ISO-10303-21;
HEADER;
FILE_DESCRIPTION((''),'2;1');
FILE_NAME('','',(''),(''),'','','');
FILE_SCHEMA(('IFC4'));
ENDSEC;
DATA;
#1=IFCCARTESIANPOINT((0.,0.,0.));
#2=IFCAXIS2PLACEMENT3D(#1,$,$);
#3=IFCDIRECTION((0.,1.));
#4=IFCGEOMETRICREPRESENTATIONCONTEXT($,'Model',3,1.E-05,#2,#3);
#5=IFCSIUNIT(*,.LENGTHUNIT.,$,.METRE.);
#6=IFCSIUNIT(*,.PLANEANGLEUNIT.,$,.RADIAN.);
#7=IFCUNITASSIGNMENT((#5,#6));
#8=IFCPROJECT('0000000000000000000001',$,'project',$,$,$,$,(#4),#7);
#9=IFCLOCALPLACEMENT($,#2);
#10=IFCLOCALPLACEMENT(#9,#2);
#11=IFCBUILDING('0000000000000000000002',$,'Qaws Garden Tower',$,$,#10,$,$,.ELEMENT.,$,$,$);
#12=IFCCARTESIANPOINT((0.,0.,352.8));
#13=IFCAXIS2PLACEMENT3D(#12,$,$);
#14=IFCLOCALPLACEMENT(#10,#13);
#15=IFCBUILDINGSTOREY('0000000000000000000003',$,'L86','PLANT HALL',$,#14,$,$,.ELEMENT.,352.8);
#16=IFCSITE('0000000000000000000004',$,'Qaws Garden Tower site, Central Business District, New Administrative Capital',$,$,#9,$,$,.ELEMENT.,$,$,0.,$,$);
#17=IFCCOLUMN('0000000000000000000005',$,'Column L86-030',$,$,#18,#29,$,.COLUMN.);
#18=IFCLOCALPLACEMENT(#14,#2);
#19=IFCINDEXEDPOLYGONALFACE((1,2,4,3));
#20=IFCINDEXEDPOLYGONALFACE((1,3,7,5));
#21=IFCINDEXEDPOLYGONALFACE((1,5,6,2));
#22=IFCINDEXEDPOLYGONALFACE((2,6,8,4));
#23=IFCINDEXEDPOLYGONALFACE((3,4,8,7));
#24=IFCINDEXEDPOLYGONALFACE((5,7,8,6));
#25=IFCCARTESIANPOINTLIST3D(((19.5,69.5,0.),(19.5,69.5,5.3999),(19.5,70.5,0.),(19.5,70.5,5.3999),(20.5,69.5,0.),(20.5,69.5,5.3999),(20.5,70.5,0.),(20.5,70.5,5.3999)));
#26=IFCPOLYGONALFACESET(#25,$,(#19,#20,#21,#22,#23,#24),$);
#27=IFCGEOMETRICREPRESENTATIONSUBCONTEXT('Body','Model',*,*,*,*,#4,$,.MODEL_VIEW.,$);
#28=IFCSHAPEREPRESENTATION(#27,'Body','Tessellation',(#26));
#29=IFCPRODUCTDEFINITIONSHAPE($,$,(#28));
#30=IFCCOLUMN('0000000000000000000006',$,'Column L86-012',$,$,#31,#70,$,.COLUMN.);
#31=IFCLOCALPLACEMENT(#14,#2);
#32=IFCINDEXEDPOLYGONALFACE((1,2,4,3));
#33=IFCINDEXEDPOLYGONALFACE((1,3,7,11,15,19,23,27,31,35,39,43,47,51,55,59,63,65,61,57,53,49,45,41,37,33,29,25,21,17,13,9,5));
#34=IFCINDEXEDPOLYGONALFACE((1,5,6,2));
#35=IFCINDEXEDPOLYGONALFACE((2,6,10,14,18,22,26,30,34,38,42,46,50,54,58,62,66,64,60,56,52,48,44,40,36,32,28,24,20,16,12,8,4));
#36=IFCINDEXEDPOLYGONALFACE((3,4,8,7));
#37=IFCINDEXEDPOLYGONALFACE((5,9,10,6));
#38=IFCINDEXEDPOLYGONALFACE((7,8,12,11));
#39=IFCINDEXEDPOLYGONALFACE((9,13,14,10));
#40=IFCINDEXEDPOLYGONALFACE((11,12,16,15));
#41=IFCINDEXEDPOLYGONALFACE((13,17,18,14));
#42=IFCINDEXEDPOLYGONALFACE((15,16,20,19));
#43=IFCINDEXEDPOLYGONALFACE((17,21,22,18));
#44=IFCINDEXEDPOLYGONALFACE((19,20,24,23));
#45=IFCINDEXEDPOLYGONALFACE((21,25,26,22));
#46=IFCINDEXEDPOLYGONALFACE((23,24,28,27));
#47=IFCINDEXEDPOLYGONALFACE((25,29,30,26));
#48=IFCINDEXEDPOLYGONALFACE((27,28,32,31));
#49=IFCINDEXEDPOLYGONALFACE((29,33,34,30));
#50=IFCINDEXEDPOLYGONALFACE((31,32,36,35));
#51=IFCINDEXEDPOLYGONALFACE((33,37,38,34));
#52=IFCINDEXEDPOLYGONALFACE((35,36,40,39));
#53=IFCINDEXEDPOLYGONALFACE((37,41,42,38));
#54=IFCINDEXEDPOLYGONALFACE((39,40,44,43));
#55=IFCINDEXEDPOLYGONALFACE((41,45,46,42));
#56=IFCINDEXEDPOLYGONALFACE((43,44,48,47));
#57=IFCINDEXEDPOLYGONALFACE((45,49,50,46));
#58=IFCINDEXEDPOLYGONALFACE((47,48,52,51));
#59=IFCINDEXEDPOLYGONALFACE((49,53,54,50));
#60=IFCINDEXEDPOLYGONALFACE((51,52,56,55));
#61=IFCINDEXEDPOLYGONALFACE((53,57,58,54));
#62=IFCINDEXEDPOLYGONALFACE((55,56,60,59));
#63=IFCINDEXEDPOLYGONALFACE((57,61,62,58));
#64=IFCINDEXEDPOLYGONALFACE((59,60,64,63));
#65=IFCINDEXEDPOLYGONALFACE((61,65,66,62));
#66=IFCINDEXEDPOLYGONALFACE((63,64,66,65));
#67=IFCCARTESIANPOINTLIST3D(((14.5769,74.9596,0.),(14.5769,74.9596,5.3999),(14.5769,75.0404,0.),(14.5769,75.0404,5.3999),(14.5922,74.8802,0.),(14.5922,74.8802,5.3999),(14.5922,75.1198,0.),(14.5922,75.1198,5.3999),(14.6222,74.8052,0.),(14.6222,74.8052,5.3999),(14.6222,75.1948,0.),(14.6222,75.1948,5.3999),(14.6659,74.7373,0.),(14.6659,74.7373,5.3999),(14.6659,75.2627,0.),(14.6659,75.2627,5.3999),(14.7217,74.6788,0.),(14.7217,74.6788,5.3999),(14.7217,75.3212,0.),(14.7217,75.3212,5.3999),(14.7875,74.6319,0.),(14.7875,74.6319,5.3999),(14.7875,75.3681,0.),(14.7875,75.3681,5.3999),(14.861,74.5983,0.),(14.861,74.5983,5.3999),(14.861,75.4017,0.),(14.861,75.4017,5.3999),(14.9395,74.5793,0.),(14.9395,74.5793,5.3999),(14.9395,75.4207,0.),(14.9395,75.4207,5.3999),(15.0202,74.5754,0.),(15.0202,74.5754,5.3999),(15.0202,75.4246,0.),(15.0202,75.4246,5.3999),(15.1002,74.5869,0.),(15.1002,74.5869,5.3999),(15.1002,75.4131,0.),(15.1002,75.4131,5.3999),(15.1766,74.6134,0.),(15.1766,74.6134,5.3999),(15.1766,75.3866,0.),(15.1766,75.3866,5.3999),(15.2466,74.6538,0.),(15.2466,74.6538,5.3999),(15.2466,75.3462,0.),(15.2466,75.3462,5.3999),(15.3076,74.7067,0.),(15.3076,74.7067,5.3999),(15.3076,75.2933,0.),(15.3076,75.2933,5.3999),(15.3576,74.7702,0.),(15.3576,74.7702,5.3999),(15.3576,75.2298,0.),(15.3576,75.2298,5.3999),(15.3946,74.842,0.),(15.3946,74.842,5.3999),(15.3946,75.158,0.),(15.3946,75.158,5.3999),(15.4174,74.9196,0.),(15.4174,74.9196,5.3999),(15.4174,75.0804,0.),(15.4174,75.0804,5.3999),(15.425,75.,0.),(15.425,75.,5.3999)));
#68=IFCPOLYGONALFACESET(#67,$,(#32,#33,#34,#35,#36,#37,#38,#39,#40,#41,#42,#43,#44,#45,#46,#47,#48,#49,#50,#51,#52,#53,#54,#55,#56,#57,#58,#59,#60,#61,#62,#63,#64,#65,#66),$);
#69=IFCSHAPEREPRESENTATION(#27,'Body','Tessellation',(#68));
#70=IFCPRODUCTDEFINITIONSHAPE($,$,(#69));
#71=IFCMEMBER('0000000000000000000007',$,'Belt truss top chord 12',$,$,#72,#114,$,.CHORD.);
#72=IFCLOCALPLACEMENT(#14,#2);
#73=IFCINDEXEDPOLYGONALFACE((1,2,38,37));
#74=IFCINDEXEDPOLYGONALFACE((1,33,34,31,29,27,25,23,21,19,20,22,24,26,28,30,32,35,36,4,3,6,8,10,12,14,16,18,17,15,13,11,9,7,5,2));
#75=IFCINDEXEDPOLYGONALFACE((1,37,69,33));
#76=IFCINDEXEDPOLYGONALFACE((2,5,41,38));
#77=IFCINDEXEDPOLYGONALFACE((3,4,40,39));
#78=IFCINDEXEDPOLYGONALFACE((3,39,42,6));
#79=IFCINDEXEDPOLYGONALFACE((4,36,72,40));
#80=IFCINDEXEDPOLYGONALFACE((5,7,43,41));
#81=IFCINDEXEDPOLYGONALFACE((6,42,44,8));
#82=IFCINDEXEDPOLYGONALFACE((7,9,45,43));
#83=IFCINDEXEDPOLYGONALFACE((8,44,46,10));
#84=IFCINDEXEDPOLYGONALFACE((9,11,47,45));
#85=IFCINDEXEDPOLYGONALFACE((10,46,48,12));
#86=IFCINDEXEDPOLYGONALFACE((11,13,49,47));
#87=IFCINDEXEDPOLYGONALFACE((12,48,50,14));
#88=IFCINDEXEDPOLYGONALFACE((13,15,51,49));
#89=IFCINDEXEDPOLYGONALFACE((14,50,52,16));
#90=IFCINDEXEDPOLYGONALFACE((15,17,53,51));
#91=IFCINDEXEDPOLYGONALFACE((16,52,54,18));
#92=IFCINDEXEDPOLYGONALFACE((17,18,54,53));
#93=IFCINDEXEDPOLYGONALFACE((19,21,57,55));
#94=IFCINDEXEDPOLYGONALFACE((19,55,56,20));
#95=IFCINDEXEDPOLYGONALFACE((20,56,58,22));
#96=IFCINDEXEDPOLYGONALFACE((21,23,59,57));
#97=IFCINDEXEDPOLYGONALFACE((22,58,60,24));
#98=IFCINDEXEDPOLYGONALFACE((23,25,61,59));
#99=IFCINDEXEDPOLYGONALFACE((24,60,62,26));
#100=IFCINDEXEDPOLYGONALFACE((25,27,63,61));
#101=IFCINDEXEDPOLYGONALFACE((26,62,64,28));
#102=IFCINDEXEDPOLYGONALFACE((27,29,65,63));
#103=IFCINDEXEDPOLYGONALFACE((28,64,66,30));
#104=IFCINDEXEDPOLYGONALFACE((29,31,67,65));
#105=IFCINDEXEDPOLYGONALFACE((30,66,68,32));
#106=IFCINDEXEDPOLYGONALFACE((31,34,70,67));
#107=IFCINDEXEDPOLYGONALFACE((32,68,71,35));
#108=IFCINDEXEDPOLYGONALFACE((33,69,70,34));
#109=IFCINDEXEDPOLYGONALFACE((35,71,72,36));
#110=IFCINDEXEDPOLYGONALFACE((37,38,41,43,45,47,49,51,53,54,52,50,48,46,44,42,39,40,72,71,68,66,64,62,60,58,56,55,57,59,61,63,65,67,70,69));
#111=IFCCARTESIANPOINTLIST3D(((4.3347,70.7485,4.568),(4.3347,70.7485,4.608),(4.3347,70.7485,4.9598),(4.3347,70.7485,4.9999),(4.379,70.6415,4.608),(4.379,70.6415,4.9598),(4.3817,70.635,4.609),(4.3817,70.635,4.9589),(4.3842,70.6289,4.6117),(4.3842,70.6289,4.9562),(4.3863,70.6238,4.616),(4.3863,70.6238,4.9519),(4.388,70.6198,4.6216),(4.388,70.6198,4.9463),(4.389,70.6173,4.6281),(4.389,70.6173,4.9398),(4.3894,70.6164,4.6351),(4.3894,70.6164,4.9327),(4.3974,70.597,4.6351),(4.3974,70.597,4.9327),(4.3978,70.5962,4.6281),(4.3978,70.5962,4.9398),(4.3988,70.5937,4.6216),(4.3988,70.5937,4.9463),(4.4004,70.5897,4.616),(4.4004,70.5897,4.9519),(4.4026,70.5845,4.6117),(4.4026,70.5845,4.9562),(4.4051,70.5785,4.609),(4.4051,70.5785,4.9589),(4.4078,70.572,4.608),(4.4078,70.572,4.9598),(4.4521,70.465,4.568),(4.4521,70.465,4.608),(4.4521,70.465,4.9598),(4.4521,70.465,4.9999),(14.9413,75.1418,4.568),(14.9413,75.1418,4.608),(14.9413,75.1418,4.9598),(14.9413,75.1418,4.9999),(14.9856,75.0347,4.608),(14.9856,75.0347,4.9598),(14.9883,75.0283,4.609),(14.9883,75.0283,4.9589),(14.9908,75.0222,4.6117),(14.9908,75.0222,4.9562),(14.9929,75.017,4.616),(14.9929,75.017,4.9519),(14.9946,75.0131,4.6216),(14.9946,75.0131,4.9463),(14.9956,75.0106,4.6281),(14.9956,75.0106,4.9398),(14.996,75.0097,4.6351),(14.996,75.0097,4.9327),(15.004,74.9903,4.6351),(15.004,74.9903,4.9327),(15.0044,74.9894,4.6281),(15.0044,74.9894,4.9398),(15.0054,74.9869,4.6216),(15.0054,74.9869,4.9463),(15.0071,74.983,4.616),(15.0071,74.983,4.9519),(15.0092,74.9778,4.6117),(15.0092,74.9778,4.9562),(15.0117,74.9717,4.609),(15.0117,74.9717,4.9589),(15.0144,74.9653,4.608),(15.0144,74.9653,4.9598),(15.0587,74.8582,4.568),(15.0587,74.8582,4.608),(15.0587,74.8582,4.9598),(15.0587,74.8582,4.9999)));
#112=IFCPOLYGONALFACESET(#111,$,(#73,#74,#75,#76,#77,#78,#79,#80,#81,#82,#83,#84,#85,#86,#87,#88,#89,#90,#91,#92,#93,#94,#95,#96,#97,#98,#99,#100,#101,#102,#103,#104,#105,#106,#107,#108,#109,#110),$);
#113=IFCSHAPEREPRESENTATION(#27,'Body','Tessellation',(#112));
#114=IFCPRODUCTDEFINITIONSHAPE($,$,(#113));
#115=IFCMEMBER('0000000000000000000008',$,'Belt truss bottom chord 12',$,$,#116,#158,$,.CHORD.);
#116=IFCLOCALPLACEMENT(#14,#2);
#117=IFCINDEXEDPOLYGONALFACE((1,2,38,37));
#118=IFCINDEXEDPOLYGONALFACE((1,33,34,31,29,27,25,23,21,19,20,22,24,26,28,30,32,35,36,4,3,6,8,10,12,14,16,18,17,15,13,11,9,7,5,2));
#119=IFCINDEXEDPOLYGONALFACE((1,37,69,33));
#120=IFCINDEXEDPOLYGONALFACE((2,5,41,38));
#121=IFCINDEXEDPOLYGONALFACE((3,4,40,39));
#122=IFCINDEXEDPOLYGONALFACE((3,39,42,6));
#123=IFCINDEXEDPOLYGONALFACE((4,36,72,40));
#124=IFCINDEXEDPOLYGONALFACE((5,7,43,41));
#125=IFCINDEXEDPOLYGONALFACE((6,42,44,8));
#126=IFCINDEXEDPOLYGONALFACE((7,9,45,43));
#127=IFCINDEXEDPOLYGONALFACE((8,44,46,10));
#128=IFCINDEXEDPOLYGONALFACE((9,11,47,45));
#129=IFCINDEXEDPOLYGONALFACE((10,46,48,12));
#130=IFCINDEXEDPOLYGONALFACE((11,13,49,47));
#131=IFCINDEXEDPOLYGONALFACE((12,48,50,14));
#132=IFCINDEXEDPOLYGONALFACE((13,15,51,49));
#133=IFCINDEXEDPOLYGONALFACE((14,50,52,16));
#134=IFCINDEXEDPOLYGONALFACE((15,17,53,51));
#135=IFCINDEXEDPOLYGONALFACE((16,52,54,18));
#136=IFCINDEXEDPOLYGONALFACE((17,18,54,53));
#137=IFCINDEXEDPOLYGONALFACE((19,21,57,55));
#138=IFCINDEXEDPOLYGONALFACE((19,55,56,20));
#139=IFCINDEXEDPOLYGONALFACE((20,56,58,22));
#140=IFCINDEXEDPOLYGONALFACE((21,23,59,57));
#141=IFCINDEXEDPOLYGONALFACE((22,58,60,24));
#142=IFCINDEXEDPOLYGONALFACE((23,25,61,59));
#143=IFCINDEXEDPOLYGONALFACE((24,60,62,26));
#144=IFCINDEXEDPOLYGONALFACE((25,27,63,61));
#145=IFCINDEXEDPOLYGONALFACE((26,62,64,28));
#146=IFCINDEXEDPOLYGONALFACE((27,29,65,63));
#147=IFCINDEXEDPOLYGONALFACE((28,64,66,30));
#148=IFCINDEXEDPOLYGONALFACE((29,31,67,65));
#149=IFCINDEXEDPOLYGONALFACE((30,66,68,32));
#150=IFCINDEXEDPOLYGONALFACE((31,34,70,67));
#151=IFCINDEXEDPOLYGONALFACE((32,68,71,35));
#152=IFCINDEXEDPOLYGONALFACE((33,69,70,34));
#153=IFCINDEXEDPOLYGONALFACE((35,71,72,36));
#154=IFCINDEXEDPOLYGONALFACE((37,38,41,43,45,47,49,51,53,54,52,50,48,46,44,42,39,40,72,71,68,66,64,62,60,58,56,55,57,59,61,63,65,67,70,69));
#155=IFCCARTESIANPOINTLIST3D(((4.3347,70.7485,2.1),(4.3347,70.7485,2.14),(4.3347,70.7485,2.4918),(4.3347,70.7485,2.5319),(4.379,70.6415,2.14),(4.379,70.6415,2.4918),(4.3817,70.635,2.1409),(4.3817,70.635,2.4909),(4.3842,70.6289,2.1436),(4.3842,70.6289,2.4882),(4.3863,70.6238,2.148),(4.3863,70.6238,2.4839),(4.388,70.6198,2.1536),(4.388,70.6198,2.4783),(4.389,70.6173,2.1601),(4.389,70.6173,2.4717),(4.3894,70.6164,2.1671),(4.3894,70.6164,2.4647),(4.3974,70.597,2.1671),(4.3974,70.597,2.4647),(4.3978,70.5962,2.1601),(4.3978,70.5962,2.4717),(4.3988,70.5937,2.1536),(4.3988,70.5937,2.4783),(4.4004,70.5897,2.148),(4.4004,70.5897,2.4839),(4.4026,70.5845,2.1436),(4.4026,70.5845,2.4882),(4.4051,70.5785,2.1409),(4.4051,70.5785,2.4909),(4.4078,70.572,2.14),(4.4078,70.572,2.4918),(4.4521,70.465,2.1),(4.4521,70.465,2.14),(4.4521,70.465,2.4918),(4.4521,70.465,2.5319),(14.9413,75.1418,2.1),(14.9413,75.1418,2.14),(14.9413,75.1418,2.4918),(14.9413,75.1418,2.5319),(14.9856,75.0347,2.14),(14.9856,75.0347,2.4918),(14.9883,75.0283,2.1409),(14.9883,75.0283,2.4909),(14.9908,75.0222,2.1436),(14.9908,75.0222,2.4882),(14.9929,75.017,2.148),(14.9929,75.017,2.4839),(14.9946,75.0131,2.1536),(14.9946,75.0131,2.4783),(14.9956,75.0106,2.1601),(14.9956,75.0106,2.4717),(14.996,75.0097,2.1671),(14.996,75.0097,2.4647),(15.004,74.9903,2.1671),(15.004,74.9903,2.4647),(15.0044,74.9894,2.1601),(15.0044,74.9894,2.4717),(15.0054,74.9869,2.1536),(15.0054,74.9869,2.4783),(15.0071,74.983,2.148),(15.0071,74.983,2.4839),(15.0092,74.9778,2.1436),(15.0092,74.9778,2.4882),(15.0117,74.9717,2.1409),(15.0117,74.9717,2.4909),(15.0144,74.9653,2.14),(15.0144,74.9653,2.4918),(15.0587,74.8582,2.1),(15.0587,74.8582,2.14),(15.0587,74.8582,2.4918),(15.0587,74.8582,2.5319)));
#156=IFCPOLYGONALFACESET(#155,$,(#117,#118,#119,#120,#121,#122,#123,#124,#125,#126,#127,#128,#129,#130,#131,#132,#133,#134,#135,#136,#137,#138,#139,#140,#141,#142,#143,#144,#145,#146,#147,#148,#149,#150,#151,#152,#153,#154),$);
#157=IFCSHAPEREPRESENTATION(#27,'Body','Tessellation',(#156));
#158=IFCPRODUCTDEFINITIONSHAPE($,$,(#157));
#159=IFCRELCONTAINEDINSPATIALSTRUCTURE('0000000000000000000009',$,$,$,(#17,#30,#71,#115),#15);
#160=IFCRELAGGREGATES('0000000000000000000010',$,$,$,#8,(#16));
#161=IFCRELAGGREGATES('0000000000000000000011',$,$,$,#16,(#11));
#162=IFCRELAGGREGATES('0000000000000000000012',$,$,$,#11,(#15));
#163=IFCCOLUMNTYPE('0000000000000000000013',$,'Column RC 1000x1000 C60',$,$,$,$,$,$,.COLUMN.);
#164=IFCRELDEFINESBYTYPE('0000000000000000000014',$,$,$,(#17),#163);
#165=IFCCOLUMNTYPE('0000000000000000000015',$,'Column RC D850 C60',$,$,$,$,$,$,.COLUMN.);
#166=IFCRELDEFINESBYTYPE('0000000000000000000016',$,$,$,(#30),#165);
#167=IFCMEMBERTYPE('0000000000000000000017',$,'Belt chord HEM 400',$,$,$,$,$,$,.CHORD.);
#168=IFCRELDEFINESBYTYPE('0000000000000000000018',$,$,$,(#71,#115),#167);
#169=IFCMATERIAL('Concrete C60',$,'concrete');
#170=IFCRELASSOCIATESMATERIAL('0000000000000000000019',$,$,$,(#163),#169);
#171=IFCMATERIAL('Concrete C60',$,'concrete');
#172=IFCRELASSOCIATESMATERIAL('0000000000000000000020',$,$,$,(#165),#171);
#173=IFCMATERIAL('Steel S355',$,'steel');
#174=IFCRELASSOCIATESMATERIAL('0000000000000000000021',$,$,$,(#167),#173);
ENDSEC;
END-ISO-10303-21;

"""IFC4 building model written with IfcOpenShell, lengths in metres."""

from ifc_helpers import new_model, si_unit, direction, frame, origin, origin_2d, place, context, subcontext, project, spatial, rectangle, circle, i_section, extrude, material, material_profile, profile_set, type_object, element, save


model = new_model("IFC4")

# Units and contexts
model_context = context("Model", 3, precision=1e-05, world=origin(), true_north=direction((0.0, 1.0)))
body_context = subcontext(model_context, "Body", "Model", "MODEL_VIEW")
ifc_project = project(units=[si_unit("LENGTHUNIT", "METRE"), si_unit("PLANEANGLEUNIT", "RADIAN")], contexts=[model_context])

# Site, building, storey
site_placement = place(None, origin())
site = spatial("IfcSite", under=ifc_project, at=site_placement, Name="Qaws Garden Tower site, Central Business District, New Administrative Capital", CompositionType="ELEMENT", RefElevation=0.0)
building_placement = place(site_placement, origin())
building = spatial("IfcBuilding", under=site, at=building_placement, Name="Qaws Garden Tower", CompositionType="ELEMENT")
storey_placement = place(building_placement, frame((0.0, 0.0, 352.8)))
storey = spatial("IfcBuildingStorey", under=building, at=storey_placement, Name="L86", Description="PLANT HALL", CompositionType="ELEMENT", Elevation=352.8)

# Columns
ifc_material_1 = material(Name="Concrete C60", Category="concrete")
ifc_material_profile_1 = material_profile(ifc_material_1, rectangle(XDim=1.0, YDim=1.0, at=origin_2d()), Name="RC 1000x1000")
ifc_profile_set_1 = profile_set([ifc_material_profile_1], Name="Concrete C60")
column_type_1 = type_object("IfcColumnType", Name="Column RC 1000x1000 C60", PredefinedType="COLUMN", material=ifc_profile_set_1)
column_1_placement = place(storey_placement, frame((20.0, 70.0, 0.0), z_axis=(0.0, 0.0, 1.0), x_axis=(1.0, 0.0, 0.0)))
element("IfcColumn", 1, at=column_1_placement, inside=storey, type_object=column_type_1, Name="Column L86-030", PredefinedType="COLUMN", context=body_context, shape_type="SweptSolid", body=[
    extrude(rectangle(XDim=1.0, YDim=1.0, at=origin_2d()), origin(), (0.0, 0.0, 1.0), 5.3999),
])
ifc_material_2 = material(Name="Concrete C60", Category="concrete")
ifc_material_profile_2 = material_profile(ifc_material_2, circle(Radius=0.425, at=origin_2d()), Name="RC D850")
ifc_profile_set_2 = profile_set([ifc_material_profile_2], Name="Concrete C60")
column_type_2 = type_object("IfcColumnType", Name="Column RC D850 C60", PredefinedType="COLUMN", material=ifc_profile_set_2)
column_2_placement = place(storey_placement, frame((15.0, 75.0, 0.0), z_axis=(0.0, 0.0, 1.0), x_axis=(1.0, 0.0, 0.0)))
element("IfcColumn", 2, at=column_2_placement, inside=storey, type_object=column_type_2, Name="Column L86-012", PredefinedType="COLUMN", context=body_context, shape_type="SweptSolid", body=[
    extrude(circle(Radius=0.425, at=origin_2d()), origin(), (0.0, 0.0, 1.0), 5.3999),
])

# Members
ifc_material_3 = material(Name="Steel S355", Category="steel")
ifc_material_profile_3 = material_profile(ifc_material_3, i_section(OverallWidth=0.3069, OverallDepth=0.4319, WebThickness=0.021, FlangeThickness=0.04, FilletRadius=0.0271, at=origin_2d()), Name="HEM 400")
ifc_profile_set_3 = profile_set([ifc_material_profile_3], Name="Steel S355")
member_type_1 = type_object("IfcMemberType", Name="Belt chord HEM 400", PredefinedType="CHORD", material=ifc_profile_set_3)
for number, where, z_axis, x_axis, name in (
    (3, (15.0, 75.0, 4.7839), (-0.923883, -0.382674, 0.0), (0.382674, -0.923883, 0.0), "Belt truss top chord 12"),
    (4, (15.0, 75.0, 2.3159), (-0.923883, -0.382674, 0.0), (0.382674, -0.923883, 0.0), "Belt truss bottom chord 12"),
):
    element("IfcMember", number, at=place(storey_placement, frame(where, z_axis=z_axis, x_axis=x_axis)), inside=storey, type_object=member_type_1, Name=name, PredefinedType="CHORD", context=body_context, shape_type="SweptSolid", body=[
        extrude(i_section(OverallWidth=0.3069, OverallDepth=0.4319, WebThickness=0.021, FlangeThickness=0.04, FilletRadius=0.0271, at=origin_2d()), origin(), (0.0, 0.0, 1.0), 11.4805),
    ])

save(model, "model.ifc")
